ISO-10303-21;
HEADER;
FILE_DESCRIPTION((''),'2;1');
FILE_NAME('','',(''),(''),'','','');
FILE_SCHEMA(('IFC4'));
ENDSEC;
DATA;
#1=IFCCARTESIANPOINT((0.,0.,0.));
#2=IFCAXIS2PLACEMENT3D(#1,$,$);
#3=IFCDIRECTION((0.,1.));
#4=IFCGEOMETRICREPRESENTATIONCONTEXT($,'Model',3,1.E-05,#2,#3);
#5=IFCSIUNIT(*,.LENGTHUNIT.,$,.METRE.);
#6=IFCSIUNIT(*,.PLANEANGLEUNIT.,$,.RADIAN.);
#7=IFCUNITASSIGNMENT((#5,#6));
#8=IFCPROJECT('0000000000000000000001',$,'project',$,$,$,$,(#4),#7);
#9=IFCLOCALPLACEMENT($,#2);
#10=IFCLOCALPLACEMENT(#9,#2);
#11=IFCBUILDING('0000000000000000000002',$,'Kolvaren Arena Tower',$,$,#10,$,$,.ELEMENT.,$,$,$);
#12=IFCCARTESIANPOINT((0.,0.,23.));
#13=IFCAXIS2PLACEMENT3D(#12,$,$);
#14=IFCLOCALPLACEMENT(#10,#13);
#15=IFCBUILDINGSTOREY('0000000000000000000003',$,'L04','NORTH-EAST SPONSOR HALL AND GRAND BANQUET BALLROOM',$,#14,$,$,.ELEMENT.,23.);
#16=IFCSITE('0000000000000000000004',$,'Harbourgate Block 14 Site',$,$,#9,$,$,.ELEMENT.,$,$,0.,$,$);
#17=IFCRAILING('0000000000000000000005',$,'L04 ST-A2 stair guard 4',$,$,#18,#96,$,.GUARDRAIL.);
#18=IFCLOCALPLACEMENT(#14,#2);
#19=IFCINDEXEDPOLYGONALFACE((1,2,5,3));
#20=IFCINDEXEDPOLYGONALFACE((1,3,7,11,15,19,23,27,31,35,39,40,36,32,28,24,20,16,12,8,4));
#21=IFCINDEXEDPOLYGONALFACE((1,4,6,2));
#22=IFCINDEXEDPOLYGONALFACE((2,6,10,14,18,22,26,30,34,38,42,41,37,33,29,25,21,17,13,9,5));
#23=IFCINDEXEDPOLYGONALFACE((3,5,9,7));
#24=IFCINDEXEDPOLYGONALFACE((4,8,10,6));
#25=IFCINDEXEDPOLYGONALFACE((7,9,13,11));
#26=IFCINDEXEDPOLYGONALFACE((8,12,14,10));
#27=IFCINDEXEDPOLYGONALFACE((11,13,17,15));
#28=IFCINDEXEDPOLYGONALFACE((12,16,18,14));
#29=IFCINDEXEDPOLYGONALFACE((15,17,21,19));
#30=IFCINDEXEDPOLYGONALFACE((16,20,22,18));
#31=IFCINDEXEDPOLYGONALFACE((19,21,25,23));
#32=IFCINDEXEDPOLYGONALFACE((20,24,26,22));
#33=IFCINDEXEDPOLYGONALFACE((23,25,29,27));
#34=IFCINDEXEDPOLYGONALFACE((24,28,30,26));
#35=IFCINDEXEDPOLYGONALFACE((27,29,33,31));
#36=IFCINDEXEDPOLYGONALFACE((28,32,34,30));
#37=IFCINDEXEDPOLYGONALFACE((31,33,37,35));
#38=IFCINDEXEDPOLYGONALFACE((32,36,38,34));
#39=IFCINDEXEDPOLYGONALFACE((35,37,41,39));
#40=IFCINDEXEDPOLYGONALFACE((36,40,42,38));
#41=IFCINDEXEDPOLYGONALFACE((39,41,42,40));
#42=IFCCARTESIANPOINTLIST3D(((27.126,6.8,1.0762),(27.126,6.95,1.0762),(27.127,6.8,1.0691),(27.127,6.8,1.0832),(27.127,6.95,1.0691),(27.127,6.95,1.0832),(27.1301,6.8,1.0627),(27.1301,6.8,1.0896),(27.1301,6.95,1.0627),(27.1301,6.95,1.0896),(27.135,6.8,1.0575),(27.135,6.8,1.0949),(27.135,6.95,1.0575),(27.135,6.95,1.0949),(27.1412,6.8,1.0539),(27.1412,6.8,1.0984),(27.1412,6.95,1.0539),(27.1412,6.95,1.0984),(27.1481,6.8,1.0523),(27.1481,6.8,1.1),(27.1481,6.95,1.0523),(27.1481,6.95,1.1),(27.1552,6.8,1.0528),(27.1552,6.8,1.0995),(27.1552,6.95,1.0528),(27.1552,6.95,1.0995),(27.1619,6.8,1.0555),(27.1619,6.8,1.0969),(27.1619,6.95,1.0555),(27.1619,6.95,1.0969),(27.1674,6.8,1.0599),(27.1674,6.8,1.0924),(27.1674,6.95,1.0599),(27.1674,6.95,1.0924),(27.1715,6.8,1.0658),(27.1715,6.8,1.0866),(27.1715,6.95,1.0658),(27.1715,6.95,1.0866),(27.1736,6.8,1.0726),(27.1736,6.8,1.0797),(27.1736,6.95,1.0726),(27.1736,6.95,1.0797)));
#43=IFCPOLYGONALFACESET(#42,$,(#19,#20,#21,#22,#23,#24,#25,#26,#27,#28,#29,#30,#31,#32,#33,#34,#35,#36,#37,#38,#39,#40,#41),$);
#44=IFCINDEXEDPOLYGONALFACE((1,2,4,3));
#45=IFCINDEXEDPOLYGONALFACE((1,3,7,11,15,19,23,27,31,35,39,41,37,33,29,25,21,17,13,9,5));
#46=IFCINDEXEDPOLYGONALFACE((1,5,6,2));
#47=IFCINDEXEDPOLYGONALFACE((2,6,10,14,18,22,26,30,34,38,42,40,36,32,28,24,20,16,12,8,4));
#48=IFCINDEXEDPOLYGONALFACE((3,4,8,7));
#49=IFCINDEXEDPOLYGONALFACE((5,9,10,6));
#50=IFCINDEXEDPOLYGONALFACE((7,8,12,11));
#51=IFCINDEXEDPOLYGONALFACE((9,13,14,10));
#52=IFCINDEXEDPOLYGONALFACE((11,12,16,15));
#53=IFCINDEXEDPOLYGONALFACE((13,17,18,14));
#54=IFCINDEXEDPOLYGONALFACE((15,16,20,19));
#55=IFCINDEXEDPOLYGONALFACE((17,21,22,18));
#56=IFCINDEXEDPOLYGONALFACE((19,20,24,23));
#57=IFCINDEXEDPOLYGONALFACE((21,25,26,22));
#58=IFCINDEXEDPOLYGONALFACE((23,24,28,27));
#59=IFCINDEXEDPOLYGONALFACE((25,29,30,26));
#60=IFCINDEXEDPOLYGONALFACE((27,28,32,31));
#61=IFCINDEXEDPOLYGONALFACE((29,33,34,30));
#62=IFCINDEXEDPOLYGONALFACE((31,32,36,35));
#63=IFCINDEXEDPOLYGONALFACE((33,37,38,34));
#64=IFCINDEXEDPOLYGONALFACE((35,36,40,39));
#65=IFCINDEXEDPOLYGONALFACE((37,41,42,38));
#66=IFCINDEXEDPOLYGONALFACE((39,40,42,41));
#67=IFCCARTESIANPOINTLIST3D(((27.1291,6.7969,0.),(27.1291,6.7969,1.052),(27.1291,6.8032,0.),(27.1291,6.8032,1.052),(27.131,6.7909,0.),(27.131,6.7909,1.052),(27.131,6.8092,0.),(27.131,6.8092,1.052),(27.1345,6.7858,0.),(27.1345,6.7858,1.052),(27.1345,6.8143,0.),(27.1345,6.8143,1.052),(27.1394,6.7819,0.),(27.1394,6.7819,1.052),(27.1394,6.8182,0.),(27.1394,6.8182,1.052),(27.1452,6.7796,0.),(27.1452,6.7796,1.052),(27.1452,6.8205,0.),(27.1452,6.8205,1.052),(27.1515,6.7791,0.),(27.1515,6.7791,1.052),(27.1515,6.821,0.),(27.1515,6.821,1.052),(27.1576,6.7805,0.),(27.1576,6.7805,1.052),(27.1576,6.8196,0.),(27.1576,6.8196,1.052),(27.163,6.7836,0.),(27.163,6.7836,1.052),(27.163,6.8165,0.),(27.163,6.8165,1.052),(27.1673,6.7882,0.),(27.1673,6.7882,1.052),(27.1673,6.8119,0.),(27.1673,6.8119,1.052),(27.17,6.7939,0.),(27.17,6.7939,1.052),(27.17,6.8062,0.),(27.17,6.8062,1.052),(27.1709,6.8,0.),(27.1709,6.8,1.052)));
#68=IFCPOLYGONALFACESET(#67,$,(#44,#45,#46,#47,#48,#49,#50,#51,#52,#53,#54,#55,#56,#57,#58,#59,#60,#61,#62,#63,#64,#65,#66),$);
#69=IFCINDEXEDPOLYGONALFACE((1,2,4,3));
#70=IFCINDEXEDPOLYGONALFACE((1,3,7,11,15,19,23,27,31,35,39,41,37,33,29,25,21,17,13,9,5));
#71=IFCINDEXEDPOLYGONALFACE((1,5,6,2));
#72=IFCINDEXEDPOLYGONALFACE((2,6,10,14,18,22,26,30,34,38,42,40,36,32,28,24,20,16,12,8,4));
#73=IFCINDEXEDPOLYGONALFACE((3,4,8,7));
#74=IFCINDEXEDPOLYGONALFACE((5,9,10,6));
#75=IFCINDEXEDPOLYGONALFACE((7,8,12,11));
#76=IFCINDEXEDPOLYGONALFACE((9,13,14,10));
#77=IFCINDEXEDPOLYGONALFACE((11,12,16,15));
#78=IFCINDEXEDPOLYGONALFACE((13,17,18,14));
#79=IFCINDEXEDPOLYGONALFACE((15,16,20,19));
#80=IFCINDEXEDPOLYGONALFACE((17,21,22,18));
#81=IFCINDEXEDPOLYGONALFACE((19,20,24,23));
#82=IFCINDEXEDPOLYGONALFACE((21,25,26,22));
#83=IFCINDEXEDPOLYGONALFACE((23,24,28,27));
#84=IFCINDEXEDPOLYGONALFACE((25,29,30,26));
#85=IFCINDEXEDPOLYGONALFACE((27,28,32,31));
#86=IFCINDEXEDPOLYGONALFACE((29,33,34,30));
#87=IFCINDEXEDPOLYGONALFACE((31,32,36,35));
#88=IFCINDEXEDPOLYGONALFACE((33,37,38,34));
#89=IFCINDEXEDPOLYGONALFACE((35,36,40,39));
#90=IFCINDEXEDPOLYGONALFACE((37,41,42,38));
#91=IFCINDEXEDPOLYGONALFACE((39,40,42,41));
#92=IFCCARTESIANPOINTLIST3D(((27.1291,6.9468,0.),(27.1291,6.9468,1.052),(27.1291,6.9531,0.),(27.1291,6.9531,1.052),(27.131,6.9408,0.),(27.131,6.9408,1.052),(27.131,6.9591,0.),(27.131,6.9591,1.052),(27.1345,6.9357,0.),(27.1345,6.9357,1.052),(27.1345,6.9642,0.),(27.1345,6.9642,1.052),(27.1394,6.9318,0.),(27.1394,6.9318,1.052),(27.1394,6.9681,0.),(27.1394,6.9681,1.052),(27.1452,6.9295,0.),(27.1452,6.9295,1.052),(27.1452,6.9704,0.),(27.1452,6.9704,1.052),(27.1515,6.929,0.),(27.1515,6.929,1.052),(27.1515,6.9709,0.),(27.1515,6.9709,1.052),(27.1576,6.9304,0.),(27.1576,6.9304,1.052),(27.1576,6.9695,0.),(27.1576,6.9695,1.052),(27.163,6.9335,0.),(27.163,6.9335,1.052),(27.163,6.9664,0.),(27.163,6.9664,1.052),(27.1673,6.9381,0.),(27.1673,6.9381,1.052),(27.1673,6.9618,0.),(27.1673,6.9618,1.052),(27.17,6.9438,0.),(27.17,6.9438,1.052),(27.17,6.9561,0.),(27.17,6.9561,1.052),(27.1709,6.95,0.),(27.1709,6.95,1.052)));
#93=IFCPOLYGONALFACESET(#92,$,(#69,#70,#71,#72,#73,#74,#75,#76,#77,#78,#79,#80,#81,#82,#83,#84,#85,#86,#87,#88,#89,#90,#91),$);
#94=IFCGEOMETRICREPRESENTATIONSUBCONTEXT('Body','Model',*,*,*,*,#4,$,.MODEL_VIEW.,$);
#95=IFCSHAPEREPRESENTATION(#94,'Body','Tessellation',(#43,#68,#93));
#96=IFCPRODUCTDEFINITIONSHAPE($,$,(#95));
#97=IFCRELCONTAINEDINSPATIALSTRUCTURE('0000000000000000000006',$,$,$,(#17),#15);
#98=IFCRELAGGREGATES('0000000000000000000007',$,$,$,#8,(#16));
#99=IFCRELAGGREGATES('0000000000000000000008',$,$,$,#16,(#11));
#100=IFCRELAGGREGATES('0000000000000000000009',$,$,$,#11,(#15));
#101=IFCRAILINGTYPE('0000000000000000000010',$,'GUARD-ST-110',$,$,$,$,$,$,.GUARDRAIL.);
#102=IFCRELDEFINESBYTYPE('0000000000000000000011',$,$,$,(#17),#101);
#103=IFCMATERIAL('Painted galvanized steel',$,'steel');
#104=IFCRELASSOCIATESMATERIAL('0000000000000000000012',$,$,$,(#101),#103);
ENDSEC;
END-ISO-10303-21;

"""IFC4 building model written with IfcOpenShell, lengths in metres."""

from ifc_helpers import new_model, si_unit, direction, frame, origin, origin_2d, place, context, subcontext, project, spatial, circle, extrude, material, type_object, element, save


model = new_model("IFC4")

# Units and contexts
model_context = context("Model", 3, precision=1e-05, world=origin(), true_north=direction((0.0, 1.0)))
body_context = subcontext(model_context, "Body", "Model", "MODEL_VIEW")
ifc_project = project(units=[si_unit("LENGTHUNIT", "METRE"), si_unit("PLANEANGLEUNIT", "RADIAN")], contexts=[model_context])

# Site, building, storey
site_placement = place(None, origin())
site = spatial("IfcSite", under=ifc_project, at=site_placement, Name="Harbourgate Block 14 Site", CompositionType="ELEMENT", RefElevation=0.0)
building_placement = place(site_placement, origin())
building = spatial("IfcBuilding", under=site, at=building_placement, Name="Kolvaren Arena Tower", CompositionType="ELEMENT")
storey_placement = place(building_placement, frame((0.0, 0.0, 23.0)))
storey = spatial("IfcBuildingStorey", under=building, at=storey_placement, Name="L04", Description="NORTH-EAST SPONSOR HALL AND GRAND BANQUET BALLROOM", CompositionType="ELEMENT", Elevation=23.0)

# Railing
ifc_material_1 = material(Name="Painted galvanized steel", Category="steel")
railing_type_1 = type_object("IfcRailingType", Name="GUARD-ST-110", PredefinedType="GUARDRAIL", material=ifc_material_1)
railing_1_placement = place(storey_placement, frame((27.1499, 6.8, 0.0)))
element("IfcRailing", 1, at=railing_1_placement, inside=storey, type_object=railing_type_1, Name="L04 ST-A2 stair guard 4", PredefinedType="GUARDRAIL", context=body_context, shape_type="SweptSolid", body=[
    extrude(circle(Radius=0.0239, at=origin_2d()), frame((0.0, 0.0, 1.0762), z_axis=(0.0, 1.0, 0.0), x_axis=(-1.0, 0.0, 0.0)), (0.0, 0.0, 1.0), 0.1499),
    extrude(circle(Radius=0.021, at=origin_2d()), origin(), (0.0, 0.0, 1.0), 1.052),
    extrude(circle(Radius=0.021, at=origin_2d()), frame((0.0, 0.1499, 0.0)), (0.0, 0.0, 1.0), 1.052),
])

save(model, "model.ifc")
